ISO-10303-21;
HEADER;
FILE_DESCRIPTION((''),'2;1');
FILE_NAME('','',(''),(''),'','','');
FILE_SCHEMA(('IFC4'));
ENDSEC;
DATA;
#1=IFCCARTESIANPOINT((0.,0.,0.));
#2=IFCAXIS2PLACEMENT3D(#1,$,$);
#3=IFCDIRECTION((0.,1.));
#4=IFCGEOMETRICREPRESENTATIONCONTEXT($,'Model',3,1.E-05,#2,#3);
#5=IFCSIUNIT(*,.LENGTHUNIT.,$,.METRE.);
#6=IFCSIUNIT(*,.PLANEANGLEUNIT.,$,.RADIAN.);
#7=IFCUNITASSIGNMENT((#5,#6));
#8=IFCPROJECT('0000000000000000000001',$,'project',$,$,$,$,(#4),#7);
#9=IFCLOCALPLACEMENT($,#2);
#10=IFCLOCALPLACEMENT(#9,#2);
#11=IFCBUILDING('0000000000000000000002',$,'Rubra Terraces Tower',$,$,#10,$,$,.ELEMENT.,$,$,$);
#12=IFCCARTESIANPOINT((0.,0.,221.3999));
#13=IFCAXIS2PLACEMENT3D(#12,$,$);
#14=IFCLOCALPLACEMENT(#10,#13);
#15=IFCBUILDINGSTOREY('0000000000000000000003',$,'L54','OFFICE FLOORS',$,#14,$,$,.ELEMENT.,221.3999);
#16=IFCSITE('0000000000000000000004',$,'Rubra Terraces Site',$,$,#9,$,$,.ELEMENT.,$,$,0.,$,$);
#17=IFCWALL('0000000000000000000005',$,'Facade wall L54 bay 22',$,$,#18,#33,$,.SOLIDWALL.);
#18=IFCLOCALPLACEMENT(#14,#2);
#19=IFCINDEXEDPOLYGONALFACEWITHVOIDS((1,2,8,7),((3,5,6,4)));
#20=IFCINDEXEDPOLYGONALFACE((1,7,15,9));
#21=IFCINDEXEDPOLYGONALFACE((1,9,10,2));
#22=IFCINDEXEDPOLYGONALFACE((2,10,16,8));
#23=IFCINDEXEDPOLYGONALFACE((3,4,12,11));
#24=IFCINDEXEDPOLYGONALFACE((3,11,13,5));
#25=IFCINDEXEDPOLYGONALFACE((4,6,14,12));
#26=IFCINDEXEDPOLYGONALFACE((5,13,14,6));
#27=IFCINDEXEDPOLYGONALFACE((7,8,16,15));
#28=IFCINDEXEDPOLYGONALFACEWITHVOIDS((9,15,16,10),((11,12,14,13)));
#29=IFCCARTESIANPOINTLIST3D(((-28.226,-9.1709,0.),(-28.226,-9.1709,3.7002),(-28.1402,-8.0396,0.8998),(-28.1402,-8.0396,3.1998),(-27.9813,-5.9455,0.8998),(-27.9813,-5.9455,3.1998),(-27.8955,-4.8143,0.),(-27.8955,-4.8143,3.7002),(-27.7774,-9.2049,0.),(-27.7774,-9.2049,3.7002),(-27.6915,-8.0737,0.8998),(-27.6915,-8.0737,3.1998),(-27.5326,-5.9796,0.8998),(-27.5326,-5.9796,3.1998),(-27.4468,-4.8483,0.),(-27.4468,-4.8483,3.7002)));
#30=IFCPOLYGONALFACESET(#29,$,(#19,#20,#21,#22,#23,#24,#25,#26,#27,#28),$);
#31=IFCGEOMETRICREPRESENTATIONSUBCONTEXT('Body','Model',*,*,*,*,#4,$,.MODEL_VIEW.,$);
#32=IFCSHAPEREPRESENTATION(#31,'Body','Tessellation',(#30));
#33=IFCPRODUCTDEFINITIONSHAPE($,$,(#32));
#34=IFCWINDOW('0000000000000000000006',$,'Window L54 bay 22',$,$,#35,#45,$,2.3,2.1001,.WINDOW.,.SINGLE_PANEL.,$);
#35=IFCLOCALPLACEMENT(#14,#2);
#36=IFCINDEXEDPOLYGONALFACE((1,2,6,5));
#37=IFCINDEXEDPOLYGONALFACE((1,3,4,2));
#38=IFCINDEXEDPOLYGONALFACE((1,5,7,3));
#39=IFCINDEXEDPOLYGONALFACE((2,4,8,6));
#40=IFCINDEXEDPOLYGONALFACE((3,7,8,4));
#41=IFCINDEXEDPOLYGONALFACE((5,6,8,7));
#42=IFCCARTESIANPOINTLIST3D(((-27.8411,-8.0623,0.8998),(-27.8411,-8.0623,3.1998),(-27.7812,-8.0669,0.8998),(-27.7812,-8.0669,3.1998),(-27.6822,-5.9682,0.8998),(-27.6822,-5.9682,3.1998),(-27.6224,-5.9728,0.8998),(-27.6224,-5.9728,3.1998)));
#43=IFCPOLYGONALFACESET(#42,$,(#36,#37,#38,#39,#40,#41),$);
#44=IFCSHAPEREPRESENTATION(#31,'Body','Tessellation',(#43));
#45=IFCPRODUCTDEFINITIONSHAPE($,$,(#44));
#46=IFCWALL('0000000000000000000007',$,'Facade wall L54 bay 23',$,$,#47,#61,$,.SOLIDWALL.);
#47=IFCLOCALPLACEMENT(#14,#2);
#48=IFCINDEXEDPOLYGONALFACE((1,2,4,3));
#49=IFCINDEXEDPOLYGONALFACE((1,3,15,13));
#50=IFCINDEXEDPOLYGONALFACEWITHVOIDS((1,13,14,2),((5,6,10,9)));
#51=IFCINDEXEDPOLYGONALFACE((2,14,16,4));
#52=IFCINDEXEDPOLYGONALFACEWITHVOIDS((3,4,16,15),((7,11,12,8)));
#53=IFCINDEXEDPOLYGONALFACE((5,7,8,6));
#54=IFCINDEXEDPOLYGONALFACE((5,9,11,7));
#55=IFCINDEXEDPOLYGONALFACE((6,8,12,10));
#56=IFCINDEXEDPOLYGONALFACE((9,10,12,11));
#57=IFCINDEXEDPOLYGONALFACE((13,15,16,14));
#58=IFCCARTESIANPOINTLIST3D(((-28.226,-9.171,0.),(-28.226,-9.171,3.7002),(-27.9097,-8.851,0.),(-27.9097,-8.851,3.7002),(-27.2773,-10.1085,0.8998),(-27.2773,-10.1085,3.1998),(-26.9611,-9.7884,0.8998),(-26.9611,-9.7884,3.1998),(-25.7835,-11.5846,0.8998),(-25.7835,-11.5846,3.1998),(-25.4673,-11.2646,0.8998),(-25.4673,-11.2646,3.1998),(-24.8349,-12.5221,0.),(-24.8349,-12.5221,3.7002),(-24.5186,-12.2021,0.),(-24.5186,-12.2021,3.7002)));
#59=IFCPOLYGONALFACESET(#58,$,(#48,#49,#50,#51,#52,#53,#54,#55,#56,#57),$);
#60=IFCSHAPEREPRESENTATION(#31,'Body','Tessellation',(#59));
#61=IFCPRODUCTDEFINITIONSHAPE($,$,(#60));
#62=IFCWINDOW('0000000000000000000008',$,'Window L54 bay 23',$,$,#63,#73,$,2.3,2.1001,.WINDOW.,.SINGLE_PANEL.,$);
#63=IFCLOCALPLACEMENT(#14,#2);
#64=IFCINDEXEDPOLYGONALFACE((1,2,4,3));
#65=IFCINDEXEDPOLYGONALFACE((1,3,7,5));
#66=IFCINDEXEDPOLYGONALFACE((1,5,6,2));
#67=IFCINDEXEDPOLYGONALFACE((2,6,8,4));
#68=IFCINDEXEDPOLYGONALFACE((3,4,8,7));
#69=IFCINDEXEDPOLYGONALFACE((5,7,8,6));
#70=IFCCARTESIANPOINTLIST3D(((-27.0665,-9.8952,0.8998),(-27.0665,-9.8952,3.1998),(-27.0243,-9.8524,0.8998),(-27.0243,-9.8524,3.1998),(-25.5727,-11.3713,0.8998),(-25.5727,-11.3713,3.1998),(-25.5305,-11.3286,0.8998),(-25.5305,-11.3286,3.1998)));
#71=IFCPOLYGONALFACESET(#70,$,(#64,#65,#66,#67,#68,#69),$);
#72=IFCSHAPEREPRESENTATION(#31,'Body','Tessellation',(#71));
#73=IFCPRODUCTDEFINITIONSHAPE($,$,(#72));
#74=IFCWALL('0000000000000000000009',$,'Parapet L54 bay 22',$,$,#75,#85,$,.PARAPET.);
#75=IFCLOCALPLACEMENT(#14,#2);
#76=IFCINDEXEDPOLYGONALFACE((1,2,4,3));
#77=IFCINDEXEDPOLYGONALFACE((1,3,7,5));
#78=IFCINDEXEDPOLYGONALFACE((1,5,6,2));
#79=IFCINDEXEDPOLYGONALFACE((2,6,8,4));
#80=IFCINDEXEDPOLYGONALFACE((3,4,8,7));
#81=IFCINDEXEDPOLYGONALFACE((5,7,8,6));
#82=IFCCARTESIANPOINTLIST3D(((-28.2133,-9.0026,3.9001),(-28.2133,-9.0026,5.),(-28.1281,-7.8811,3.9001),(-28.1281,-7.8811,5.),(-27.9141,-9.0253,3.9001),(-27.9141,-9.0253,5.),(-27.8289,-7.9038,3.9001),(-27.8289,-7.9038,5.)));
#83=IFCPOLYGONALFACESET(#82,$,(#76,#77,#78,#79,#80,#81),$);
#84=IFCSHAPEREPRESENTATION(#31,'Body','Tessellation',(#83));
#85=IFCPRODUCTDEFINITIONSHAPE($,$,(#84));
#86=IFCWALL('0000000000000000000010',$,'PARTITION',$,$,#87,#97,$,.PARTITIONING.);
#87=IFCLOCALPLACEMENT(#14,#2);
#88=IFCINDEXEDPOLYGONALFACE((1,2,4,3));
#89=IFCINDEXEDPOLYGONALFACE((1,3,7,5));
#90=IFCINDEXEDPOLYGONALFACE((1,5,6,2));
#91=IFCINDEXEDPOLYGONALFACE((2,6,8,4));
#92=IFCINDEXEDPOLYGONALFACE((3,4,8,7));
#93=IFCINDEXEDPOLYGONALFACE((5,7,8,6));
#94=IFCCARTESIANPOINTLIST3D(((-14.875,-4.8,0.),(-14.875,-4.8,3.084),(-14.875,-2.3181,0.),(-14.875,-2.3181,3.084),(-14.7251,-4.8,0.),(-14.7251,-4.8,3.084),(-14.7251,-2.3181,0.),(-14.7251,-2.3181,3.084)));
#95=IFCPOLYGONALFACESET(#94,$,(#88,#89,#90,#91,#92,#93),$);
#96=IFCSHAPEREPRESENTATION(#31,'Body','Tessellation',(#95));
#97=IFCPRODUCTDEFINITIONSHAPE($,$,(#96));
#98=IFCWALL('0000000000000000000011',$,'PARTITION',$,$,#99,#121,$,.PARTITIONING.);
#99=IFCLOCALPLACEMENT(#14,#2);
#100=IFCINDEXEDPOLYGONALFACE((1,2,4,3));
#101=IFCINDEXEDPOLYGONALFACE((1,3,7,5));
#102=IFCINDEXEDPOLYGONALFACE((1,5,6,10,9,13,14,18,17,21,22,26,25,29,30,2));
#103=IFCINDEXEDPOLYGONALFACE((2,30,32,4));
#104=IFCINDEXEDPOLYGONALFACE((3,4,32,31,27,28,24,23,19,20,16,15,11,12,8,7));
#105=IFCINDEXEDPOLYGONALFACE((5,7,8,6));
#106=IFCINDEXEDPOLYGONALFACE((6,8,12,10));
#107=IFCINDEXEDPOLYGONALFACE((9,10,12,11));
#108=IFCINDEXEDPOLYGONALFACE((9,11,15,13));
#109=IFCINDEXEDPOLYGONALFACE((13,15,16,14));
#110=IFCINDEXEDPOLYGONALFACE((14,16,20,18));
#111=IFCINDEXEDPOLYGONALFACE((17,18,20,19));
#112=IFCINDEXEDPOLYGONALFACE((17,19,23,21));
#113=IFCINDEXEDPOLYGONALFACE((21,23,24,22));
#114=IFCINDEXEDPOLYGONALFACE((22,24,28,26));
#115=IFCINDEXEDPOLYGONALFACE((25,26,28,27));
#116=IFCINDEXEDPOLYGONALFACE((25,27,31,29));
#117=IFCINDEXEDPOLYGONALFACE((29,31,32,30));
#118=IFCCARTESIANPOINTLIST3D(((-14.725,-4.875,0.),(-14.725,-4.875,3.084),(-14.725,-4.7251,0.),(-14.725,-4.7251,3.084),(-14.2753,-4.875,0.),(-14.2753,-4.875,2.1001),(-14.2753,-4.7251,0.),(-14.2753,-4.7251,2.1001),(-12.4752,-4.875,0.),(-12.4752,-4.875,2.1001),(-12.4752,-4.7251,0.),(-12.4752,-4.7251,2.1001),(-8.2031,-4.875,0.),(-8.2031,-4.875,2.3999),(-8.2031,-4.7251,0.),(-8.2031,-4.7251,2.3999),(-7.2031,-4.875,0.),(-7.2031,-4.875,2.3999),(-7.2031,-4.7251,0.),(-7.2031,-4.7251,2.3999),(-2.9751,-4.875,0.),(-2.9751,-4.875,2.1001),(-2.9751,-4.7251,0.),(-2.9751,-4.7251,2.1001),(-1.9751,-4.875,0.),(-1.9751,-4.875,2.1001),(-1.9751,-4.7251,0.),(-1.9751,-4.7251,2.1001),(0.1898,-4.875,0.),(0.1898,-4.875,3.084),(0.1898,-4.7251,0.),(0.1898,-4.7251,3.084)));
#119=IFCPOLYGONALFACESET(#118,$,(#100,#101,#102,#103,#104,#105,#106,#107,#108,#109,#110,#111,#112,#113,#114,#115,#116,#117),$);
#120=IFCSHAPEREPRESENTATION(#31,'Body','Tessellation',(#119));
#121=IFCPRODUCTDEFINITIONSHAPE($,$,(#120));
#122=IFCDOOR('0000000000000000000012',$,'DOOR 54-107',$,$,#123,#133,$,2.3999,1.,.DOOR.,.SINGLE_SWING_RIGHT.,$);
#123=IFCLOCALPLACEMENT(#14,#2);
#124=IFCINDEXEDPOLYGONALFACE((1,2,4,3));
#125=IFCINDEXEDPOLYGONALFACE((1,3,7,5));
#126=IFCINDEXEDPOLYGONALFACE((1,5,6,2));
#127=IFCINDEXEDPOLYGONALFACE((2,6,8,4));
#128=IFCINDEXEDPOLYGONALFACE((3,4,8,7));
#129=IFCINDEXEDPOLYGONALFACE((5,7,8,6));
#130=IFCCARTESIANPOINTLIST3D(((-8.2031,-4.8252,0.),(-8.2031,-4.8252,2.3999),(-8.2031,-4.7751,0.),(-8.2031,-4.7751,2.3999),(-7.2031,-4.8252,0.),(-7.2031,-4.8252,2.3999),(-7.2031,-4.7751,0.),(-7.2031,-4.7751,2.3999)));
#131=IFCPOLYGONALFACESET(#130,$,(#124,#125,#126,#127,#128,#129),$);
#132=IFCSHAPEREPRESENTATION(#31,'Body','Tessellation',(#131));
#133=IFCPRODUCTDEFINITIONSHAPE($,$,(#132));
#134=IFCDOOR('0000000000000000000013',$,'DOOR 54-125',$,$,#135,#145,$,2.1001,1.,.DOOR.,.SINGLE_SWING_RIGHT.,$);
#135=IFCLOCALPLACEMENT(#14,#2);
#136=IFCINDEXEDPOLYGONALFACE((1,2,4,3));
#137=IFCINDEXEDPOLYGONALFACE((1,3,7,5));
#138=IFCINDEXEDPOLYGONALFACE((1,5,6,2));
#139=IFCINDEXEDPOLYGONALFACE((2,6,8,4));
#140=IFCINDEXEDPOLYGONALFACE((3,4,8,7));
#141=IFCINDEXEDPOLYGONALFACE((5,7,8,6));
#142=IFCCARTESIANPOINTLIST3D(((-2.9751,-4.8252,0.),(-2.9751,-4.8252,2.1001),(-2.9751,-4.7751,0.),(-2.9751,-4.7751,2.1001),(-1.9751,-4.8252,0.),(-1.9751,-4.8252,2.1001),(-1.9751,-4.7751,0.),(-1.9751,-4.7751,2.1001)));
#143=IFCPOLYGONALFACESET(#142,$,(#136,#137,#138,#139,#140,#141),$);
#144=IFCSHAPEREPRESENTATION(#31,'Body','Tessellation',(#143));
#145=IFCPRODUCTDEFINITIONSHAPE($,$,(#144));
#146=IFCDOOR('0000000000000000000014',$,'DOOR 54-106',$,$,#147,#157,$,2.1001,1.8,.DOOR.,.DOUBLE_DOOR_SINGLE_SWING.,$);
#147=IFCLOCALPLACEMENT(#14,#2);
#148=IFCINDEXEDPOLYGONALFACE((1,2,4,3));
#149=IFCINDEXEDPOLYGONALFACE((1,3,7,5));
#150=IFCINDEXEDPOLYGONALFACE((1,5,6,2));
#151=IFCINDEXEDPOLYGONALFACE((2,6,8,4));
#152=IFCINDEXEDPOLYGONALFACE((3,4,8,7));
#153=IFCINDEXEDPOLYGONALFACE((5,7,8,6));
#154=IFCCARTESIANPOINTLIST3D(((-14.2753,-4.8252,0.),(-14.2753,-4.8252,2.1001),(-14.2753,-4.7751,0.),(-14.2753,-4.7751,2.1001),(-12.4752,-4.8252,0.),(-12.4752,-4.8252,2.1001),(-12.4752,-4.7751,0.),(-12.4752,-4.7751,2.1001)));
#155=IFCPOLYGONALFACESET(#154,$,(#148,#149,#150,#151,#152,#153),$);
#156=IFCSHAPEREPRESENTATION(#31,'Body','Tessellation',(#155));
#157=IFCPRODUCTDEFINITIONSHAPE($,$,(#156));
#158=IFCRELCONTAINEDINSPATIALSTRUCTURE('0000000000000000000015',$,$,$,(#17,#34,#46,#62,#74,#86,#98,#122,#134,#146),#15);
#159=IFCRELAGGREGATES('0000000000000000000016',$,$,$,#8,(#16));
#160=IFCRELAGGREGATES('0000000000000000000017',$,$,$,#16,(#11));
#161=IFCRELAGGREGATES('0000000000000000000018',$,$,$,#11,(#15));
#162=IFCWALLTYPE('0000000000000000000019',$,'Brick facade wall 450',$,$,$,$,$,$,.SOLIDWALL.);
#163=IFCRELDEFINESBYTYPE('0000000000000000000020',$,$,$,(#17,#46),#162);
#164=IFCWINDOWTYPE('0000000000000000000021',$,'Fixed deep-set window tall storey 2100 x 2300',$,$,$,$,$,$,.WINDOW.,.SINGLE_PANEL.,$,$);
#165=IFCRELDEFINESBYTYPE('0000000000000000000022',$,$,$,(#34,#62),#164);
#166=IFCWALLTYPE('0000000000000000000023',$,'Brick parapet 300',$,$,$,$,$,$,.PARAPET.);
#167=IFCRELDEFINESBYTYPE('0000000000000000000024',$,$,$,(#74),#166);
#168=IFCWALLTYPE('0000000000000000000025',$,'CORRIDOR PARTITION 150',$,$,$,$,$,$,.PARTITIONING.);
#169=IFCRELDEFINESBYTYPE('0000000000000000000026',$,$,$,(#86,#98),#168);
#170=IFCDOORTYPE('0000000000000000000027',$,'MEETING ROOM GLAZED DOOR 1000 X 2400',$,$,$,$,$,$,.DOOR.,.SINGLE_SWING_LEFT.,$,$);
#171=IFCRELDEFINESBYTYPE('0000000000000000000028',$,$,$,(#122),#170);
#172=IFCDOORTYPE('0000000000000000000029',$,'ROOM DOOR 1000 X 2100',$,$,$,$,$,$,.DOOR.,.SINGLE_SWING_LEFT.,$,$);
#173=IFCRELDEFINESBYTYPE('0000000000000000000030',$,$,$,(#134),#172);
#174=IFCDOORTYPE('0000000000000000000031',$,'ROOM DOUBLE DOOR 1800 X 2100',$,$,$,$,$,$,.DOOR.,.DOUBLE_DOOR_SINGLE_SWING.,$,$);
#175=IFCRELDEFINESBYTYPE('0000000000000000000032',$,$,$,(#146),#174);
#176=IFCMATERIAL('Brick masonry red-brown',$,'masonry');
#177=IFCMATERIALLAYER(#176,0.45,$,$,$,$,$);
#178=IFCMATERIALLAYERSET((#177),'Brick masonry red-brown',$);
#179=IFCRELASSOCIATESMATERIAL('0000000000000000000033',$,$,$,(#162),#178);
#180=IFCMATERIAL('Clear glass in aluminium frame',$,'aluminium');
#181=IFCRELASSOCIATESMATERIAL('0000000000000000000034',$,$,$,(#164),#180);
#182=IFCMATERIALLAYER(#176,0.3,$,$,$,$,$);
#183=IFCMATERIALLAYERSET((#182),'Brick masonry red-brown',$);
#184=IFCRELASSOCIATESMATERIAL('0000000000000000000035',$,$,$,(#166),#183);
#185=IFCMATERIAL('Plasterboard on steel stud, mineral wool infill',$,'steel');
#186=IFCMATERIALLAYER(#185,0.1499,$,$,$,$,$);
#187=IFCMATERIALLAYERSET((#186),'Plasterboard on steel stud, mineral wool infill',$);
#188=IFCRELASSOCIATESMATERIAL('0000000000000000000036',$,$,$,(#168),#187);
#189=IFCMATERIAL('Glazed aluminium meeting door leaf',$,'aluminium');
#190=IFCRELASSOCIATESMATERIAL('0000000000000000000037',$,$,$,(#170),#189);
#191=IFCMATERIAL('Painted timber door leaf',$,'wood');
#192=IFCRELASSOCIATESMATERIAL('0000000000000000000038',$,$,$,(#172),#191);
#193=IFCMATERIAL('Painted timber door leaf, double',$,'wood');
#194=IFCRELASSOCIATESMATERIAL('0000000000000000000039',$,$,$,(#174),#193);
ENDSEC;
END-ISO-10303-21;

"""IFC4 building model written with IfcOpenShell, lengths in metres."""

from ifc_helpers import new_model, si_unit, direction, frame, frame_2d, origin, place, context, subcontext, project, spatial, rectangle, extrude, material, layer, layer_set, type_object, element, fill, save


model = new_model("IFC4")

# Units and contexts
model_context = context("Model", 3, precision=1e-05, world=origin(), true_north=direction((0.0, 1.0)))
body_context = subcontext(model_context, "Body", "Model", "MODEL_VIEW")
ifc_project = project(units=[si_unit("LENGTHUNIT", "METRE"), si_unit("PLANEANGLEUNIT", "RADIAN")], contexts=[model_context])

# Site, building, storey
site_placement = place(None, origin())
site = spatial("IfcSite", under=ifc_project, at=site_placement, Name="Rubra Terraces Site", CompositionType="ELEMENT", RefElevation=0.0)
building_placement = place(site_placement, origin())
building = spatial("IfcBuilding", under=site, at=building_placement, Name="Rubra Terraces Tower", CompositionType="ELEMENT")
storey_placement = place(building_placement, frame((0.0, 0.0, 221.3999)))
storey = spatial("IfcBuildingStorey", under=building, at=storey_placement, Name="L54", Description="OFFICE FLOORS", CompositionType="ELEMENT", Elevation=221.3999)

# Walls, openings, windows
ifc_material_1 = material(Name="Brick masonry red-brown", Category="masonry")
ifc_layer_1 = layer(ifc_material_1, 0.45)
ifc_layer_set_1 = layer_set([ifc_layer_1], Name="Brick masonry red-brown")
wall_type_1 = type_object("IfcWallType", Name="Brick facade wall 450", PredefinedType="SOLIDWALL", material=ifc_layer_set_1)
ifc_material_2 = material(Name="Clear glass in aluminium frame", Category="aluminium")
wall_1_placement = place(storey_placement, frame((-27.6711, -4.8313, 0.0), z_axis=(0.0, 0.0, 1.0), x_axis=(-0.075658, -0.997134, 0.0)))
wall_1 = element("IfcWall", 1, at=wall_1_placement, inside=storey, type_object=wall_type_1, Name="Facade wall L54 bay 22", PredefinedType="SOLIDWALL", context=body_context, shape_type="SweptSolid", body=[
    extrude(rectangle(XDim=4.3691, YDim=0.45, at=frame_2d((2.1846, 0.0))), origin(), (0.0, 0.0, 1.0), 3.7002),
])
opening_1_placement = place(wall_1_placement, frame((1.1345, 0.0, 0.8999)))
opening_1 = element("IfcOpeningElement", 2, at=opening_1_placement, cuts=wall_1, PredefinedType="OPENING", context=body_context, shape_type="SweptSolid", body=[
    extrude(rectangle(XDim=2.1001, YDim=2.3, at=frame_2d((1.05, 1.1499))), frame((0.0, 0.2349, 0.0), z_axis=(0.0, -1.0, 0.0), x_axis=(1.0, 0.0, 0.0)), (0.0, 0.0, 1.0), 0.47),
])
window_type_1 = type_object("IfcWindowType", Name="Fixed deep-set window tall storey 2100 x 2300", PartitioningType="SINGLE_PANEL", PredefinedType="WINDOW", material=ifc_material_2)
window_1_placement = place(opening_1_placement, origin())
window_1 = element("IfcWindow", 3, at=window_1_placement, inside=storey, type_object=window_type_1, Name="Window L54 bay 22", OverallHeight=2.3, OverallWidth=2.1001, PartitioningType="SINGLE_PANEL", PredefinedType="WINDOW", context=body_context, shape_type="SweptSolid", body=[
    extrude(rectangle(XDim=2.1001, YDim=2.3, at=frame_2d((1.05, 1.1499))), frame((0.0, 0.135, 0.0), z_axis=(0.0, -1.0, 0.0), x_axis=(1.0, 0.0, 0.0)), (0.0, 0.0, 1.0), 0.0601),
])
fill(opening_1, window_1)
wall_2_placement = place(storey_placement, frame((-28.0679, -9.011, 0.0), z_axis=(0.0, 0.0, 1.0), x_axis=(0.711293, -0.702895, 0.0)))
wall_2 = element("IfcWall", 4, at=wall_2_placement, inside=storey, type_object=wall_type_1, Name="Facade wall L54 bay 23", PredefinedType="SOLIDWALL", context=body_context, shape_type="SweptSolid", body=[
    extrude(rectangle(XDim=4.7676, YDim=0.45, at=frame_2d((2.3838, 0.0))), origin(), (0.0, 0.0, 1.0), 3.7002),
])
opening_2_placement = place(wall_2_placement, frame((1.3337, 0.0, 0.8999)))
opening_2 = element("IfcOpeningElement", 5, at=opening_2_placement, cuts=wall_2, PredefinedType="OPENING", context=body_context, shape_type="SweptSolid", body=[
    extrude(rectangle(XDim=2.1001, YDim=2.3, at=frame_2d((1.05, 1.1499))), frame((0.0, 0.2349, 0.0), z_axis=(0.0, -1.0, 0.0), x_axis=(1.0, 0.0, 0.0)), (0.0, 0.0, 1.0), 0.47),
])
window_2_placement = place(opening_2_placement, origin())
window_2 = element("IfcWindow", 6, at=window_2_placement, inside=storey, type_object=window_type_1, Name="Window L54 bay 23", OverallHeight=2.3, OverallWidth=2.1001, PartitioningType="SINGLE_PANEL", PredefinedType="WINDOW", context=body_context, shape_type="SweptSolid", body=[
    extrude(rectangle(XDim=2.1001, YDim=2.3, at=frame_2d((1.05, 1.1499))), frame((0.0, 0.135, 0.0), z_axis=(0.0, -1.0, 0.0), x_axis=(1.0, 0.0, 0.0)), (0.0, 0.0, 1.0), 0.0601),
])
fill(opening_2, window_2)

# Walls
ifc_layer_2 = layer(ifc_material_1, 0.3)
ifc_layer_set_2 = layer_set([ifc_layer_2], Name="Brick masonry red-brown")
wall_type_2 = type_object("IfcWallType", Name="Brick parapet 300", PredefinedType="PARAPET", material=ifc_layer_set_2)
wall_3_placement = place(storey_placement, frame((-27.9785, -7.8923, 3.9001), z_axis=(0.0, 0.0, 1.0), x_axis=(-0.07575, -0.997127, 0.0)))
element("IfcWall", 7, at=wall_3_placement, inside=storey, type_object=wall_type_2, Name="Parapet L54 bay 22", PredefinedType="PARAPET", context=body_context, shape_type="SweptSolid", body=[
    extrude(rectangle(XDim=1.1248, YDim=0.3, at=frame_2d((0.5625, 0.0))), origin(), (0.0, 0.0, 1.0), 1.0999),
])
ifc_material_3 = material(Name="Plasterboard on steel stud, mineral wool infill", Category="steel")
ifc_layer_3 = layer(ifc_material_3, 0.1499)
ifc_layer_set_3 = layer_set([ifc_layer_3], Name="Plasterboard on steel stud, mineral wool infill")
wall_type_3 = type_object("IfcWallType", Name="CORRIDOR PARTITION 150", PredefinedType="PARTITIONING", material=ifc_layer_set_3)
wall_4_placement = place(storey_placement, frame((-14.8, -2.3181, 0.0), z_axis=(0.0, 0.0, 1.0), x_axis=(0.0, -1.0, 0.0)))
element("IfcWall", 8, at=wall_4_placement, inside=storey, type_object=wall_type_3, Name="PARTITION", PredefinedType="PARTITIONING", context=body_context, shape_type="SweptSolid", body=[
    extrude(rectangle(XDim=2.4819, YDim=0.1499, at=frame_2d((1.241, 0.0))), origin(), (0.0, 0.0, 1.0), 3.084),
])

# Wall, openings, doors
wall_5_placement = place(storey_placement, frame((-14.7251, -4.8, 0.0), z_axis=(0.0, 0.0, 1.0), x_axis=(1.0, 0.0, 0.0)))
wall_5 = element("IfcWall", 9, at=wall_5_placement, inside=storey, type_object=wall_type_3, Name="PARTITION", PredefinedType="PARTITIONING", context=body_context, shape_type="SweptSolid", body=[
    extrude(rectangle(XDim=14.9148, YDim=0.1499, at=frame_2d((7.4575, 0.0))), origin(), (0.0, 0.0, 1.0), 3.084),
])
opening_3_placement = place(wall_5_placement, frame((0.45, 0.0, 0.0)))
opening_3 = element("IfcOpeningElement", 10, at=opening_3_placement, cuts=wall_5, PredefinedType="OPENING", context=body_context, shape_type="SweptSolid", body=[
    extrude(rectangle(XDim=1.8, YDim=2.1001, at=frame_2d((0.8999, 1.05))), frame((0.0, 0.085, 0.0), z_axis=(0.0, -1.0, 0.0), x_axis=(1.0, 0.0, 0.0)), (0.0, 0.0, 1.0), 0.1699),
])
opening_4_placement = place(wall_5_placement, frame((6.522, 0.0, 0.0)))
opening_4 = element("IfcOpeningElement", 11, at=opening_4_placement, cuts=wall_5, PredefinedType="OPENING", context=body_context, shape_type="SweptSolid", body=[
    extrude(rectangle(XDim=1.0, YDim=2.3999, at=frame_2d((0.5, 1.2))), frame((0.0, 0.085, 0.0), z_axis=(0.0, -1.0, 0.0), x_axis=(1.0, 0.0, 0.0)), (0.0, 0.0, 1.0), 0.1699),
])
opening_5_placement = place(wall_5_placement, frame((11.75, 0.0, 0.0)))
opening_5 = element("IfcOpeningElement", 12, at=opening_5_placement, cuts=wall_5, PredefinedType="OPENING", context=body_context, shape_type="SweptSolid", body=[
    extrude(rectangle(XDim=1.0, YDim=2.1001, at=frame_2d((0.5, 1.05))), frame((0.0, 0.085, 0.0), z_axis=(0.0, -1.0, 0.0), x_axis=(1.0, 0.0, 0.0)), (0.0, 0.0, 1.0), 0.1699),
])
ifc_material_4 = material(Name="Glazed aluminium meeting door leaf", Category="aluminium")
door_type_1 = type_object("IfcDoorType", Name="MEETING ROOM GLAZED DOOR 1000 X 2400", OperationType="SINGLE_SWING_LEFT", PredefinedType="DOOR", material=ifc_material_4)
door_1_placement = place(opening_4_placement, origin())
door_1 = element("IfcDoor", 13, at=door_1_placement, inside=storey, type_object=door_type_1, Name="DOOR 54-107", OperationType="SINGLE_SWING_RIGHT", OverallHeight=2.3999, OverallWidth=1.0, PredefinedType="DOOR", context=body_context, shape_type="SweptSolid", body=[
    extrude(rectangle(XDim=1.0, YDim=2.3999, at=frame_2d((0.5, 1.2))), frame((0.0, 0.0249, 0.0), z_axis=(0.0, -1.0, 0.0), x_axis=(1.0, 0.0, 0.0)), (0.0, 0.0, 1.0), 0.05),
])
fill(opening_4, door_1)
ifc_material_5 = material(Name="Painted timber door leaf", Category="wood")
door_type_2 = type_object("IfcDoorType", Name="ROOM DOOR 1000 X 2100", OperationType="SINGLE_SWING_LEFT", PredefinedType="DOOR", material=ifc_material_5)
door_2_placement = place(opening_5_placement, origin())
door_2 = element("IfcDoor", 14, at=door_2_placement, inside=storey, type_object=door_type_2, Name="DOOR 54-125", OperationType="SINGLE_SWING_RIGHT", OverallHeight=2.1001, OverallWidth=1.0, PredefinedType="DOOR", context=body_context, shape_type="SweptSolid", body=[
    extrude(rectangle(XDim=1.0, YDim=2.1001, at=frame_2d((0.5, 1.05))), frame((0.0, 0.0249, 0.0), z_axis=(0.0, -1.0, 0.0), x_axis=(1.0, 0.0, 0.0)), (0.0, 0.0, 1.0), 0.05),
])
fill(opening_5, door_2)
ifc_material_6 = material(Name="Painted timber door leaf, double", Category="wood")
door_type_3 = type_object("IfcDoorType", Name="ROOM DOUBLE DOOR 1800 X 2100", OperationType="DOUBLE_DOOR_SINGLE_SWING", PredefinedType="DOOR", material=ifc_material_6)
door_3_placement = place(opening_3_placement, origin())
door_3 = element("IfcDoor", 15, at=door_3_placement, inside=storey, type_object=door_type_3, Name="DOOR 54-106", OperationType="DOUBLE_DOOR_SINGLE_SWING", OverallHeight=2.1001, OverallWidth=1.8, PredefinedType="DOOR", context=body_context, shape_type="SweptSolid", body=[
    extrude(rectangle(XDim=1.8, YDim=2.1001, at=frame_2d((0.8999, 1.05))), frame((0.0, 0.0249, 0.0), z_axis=(0.0, -1.0, 0.0), x_axis=(1.0, 0.0, 0.0)), (0.0, 0.0, 1.0), 0.05),
])
fill(opening_3, door_3)

save(model, "model.ifc")
